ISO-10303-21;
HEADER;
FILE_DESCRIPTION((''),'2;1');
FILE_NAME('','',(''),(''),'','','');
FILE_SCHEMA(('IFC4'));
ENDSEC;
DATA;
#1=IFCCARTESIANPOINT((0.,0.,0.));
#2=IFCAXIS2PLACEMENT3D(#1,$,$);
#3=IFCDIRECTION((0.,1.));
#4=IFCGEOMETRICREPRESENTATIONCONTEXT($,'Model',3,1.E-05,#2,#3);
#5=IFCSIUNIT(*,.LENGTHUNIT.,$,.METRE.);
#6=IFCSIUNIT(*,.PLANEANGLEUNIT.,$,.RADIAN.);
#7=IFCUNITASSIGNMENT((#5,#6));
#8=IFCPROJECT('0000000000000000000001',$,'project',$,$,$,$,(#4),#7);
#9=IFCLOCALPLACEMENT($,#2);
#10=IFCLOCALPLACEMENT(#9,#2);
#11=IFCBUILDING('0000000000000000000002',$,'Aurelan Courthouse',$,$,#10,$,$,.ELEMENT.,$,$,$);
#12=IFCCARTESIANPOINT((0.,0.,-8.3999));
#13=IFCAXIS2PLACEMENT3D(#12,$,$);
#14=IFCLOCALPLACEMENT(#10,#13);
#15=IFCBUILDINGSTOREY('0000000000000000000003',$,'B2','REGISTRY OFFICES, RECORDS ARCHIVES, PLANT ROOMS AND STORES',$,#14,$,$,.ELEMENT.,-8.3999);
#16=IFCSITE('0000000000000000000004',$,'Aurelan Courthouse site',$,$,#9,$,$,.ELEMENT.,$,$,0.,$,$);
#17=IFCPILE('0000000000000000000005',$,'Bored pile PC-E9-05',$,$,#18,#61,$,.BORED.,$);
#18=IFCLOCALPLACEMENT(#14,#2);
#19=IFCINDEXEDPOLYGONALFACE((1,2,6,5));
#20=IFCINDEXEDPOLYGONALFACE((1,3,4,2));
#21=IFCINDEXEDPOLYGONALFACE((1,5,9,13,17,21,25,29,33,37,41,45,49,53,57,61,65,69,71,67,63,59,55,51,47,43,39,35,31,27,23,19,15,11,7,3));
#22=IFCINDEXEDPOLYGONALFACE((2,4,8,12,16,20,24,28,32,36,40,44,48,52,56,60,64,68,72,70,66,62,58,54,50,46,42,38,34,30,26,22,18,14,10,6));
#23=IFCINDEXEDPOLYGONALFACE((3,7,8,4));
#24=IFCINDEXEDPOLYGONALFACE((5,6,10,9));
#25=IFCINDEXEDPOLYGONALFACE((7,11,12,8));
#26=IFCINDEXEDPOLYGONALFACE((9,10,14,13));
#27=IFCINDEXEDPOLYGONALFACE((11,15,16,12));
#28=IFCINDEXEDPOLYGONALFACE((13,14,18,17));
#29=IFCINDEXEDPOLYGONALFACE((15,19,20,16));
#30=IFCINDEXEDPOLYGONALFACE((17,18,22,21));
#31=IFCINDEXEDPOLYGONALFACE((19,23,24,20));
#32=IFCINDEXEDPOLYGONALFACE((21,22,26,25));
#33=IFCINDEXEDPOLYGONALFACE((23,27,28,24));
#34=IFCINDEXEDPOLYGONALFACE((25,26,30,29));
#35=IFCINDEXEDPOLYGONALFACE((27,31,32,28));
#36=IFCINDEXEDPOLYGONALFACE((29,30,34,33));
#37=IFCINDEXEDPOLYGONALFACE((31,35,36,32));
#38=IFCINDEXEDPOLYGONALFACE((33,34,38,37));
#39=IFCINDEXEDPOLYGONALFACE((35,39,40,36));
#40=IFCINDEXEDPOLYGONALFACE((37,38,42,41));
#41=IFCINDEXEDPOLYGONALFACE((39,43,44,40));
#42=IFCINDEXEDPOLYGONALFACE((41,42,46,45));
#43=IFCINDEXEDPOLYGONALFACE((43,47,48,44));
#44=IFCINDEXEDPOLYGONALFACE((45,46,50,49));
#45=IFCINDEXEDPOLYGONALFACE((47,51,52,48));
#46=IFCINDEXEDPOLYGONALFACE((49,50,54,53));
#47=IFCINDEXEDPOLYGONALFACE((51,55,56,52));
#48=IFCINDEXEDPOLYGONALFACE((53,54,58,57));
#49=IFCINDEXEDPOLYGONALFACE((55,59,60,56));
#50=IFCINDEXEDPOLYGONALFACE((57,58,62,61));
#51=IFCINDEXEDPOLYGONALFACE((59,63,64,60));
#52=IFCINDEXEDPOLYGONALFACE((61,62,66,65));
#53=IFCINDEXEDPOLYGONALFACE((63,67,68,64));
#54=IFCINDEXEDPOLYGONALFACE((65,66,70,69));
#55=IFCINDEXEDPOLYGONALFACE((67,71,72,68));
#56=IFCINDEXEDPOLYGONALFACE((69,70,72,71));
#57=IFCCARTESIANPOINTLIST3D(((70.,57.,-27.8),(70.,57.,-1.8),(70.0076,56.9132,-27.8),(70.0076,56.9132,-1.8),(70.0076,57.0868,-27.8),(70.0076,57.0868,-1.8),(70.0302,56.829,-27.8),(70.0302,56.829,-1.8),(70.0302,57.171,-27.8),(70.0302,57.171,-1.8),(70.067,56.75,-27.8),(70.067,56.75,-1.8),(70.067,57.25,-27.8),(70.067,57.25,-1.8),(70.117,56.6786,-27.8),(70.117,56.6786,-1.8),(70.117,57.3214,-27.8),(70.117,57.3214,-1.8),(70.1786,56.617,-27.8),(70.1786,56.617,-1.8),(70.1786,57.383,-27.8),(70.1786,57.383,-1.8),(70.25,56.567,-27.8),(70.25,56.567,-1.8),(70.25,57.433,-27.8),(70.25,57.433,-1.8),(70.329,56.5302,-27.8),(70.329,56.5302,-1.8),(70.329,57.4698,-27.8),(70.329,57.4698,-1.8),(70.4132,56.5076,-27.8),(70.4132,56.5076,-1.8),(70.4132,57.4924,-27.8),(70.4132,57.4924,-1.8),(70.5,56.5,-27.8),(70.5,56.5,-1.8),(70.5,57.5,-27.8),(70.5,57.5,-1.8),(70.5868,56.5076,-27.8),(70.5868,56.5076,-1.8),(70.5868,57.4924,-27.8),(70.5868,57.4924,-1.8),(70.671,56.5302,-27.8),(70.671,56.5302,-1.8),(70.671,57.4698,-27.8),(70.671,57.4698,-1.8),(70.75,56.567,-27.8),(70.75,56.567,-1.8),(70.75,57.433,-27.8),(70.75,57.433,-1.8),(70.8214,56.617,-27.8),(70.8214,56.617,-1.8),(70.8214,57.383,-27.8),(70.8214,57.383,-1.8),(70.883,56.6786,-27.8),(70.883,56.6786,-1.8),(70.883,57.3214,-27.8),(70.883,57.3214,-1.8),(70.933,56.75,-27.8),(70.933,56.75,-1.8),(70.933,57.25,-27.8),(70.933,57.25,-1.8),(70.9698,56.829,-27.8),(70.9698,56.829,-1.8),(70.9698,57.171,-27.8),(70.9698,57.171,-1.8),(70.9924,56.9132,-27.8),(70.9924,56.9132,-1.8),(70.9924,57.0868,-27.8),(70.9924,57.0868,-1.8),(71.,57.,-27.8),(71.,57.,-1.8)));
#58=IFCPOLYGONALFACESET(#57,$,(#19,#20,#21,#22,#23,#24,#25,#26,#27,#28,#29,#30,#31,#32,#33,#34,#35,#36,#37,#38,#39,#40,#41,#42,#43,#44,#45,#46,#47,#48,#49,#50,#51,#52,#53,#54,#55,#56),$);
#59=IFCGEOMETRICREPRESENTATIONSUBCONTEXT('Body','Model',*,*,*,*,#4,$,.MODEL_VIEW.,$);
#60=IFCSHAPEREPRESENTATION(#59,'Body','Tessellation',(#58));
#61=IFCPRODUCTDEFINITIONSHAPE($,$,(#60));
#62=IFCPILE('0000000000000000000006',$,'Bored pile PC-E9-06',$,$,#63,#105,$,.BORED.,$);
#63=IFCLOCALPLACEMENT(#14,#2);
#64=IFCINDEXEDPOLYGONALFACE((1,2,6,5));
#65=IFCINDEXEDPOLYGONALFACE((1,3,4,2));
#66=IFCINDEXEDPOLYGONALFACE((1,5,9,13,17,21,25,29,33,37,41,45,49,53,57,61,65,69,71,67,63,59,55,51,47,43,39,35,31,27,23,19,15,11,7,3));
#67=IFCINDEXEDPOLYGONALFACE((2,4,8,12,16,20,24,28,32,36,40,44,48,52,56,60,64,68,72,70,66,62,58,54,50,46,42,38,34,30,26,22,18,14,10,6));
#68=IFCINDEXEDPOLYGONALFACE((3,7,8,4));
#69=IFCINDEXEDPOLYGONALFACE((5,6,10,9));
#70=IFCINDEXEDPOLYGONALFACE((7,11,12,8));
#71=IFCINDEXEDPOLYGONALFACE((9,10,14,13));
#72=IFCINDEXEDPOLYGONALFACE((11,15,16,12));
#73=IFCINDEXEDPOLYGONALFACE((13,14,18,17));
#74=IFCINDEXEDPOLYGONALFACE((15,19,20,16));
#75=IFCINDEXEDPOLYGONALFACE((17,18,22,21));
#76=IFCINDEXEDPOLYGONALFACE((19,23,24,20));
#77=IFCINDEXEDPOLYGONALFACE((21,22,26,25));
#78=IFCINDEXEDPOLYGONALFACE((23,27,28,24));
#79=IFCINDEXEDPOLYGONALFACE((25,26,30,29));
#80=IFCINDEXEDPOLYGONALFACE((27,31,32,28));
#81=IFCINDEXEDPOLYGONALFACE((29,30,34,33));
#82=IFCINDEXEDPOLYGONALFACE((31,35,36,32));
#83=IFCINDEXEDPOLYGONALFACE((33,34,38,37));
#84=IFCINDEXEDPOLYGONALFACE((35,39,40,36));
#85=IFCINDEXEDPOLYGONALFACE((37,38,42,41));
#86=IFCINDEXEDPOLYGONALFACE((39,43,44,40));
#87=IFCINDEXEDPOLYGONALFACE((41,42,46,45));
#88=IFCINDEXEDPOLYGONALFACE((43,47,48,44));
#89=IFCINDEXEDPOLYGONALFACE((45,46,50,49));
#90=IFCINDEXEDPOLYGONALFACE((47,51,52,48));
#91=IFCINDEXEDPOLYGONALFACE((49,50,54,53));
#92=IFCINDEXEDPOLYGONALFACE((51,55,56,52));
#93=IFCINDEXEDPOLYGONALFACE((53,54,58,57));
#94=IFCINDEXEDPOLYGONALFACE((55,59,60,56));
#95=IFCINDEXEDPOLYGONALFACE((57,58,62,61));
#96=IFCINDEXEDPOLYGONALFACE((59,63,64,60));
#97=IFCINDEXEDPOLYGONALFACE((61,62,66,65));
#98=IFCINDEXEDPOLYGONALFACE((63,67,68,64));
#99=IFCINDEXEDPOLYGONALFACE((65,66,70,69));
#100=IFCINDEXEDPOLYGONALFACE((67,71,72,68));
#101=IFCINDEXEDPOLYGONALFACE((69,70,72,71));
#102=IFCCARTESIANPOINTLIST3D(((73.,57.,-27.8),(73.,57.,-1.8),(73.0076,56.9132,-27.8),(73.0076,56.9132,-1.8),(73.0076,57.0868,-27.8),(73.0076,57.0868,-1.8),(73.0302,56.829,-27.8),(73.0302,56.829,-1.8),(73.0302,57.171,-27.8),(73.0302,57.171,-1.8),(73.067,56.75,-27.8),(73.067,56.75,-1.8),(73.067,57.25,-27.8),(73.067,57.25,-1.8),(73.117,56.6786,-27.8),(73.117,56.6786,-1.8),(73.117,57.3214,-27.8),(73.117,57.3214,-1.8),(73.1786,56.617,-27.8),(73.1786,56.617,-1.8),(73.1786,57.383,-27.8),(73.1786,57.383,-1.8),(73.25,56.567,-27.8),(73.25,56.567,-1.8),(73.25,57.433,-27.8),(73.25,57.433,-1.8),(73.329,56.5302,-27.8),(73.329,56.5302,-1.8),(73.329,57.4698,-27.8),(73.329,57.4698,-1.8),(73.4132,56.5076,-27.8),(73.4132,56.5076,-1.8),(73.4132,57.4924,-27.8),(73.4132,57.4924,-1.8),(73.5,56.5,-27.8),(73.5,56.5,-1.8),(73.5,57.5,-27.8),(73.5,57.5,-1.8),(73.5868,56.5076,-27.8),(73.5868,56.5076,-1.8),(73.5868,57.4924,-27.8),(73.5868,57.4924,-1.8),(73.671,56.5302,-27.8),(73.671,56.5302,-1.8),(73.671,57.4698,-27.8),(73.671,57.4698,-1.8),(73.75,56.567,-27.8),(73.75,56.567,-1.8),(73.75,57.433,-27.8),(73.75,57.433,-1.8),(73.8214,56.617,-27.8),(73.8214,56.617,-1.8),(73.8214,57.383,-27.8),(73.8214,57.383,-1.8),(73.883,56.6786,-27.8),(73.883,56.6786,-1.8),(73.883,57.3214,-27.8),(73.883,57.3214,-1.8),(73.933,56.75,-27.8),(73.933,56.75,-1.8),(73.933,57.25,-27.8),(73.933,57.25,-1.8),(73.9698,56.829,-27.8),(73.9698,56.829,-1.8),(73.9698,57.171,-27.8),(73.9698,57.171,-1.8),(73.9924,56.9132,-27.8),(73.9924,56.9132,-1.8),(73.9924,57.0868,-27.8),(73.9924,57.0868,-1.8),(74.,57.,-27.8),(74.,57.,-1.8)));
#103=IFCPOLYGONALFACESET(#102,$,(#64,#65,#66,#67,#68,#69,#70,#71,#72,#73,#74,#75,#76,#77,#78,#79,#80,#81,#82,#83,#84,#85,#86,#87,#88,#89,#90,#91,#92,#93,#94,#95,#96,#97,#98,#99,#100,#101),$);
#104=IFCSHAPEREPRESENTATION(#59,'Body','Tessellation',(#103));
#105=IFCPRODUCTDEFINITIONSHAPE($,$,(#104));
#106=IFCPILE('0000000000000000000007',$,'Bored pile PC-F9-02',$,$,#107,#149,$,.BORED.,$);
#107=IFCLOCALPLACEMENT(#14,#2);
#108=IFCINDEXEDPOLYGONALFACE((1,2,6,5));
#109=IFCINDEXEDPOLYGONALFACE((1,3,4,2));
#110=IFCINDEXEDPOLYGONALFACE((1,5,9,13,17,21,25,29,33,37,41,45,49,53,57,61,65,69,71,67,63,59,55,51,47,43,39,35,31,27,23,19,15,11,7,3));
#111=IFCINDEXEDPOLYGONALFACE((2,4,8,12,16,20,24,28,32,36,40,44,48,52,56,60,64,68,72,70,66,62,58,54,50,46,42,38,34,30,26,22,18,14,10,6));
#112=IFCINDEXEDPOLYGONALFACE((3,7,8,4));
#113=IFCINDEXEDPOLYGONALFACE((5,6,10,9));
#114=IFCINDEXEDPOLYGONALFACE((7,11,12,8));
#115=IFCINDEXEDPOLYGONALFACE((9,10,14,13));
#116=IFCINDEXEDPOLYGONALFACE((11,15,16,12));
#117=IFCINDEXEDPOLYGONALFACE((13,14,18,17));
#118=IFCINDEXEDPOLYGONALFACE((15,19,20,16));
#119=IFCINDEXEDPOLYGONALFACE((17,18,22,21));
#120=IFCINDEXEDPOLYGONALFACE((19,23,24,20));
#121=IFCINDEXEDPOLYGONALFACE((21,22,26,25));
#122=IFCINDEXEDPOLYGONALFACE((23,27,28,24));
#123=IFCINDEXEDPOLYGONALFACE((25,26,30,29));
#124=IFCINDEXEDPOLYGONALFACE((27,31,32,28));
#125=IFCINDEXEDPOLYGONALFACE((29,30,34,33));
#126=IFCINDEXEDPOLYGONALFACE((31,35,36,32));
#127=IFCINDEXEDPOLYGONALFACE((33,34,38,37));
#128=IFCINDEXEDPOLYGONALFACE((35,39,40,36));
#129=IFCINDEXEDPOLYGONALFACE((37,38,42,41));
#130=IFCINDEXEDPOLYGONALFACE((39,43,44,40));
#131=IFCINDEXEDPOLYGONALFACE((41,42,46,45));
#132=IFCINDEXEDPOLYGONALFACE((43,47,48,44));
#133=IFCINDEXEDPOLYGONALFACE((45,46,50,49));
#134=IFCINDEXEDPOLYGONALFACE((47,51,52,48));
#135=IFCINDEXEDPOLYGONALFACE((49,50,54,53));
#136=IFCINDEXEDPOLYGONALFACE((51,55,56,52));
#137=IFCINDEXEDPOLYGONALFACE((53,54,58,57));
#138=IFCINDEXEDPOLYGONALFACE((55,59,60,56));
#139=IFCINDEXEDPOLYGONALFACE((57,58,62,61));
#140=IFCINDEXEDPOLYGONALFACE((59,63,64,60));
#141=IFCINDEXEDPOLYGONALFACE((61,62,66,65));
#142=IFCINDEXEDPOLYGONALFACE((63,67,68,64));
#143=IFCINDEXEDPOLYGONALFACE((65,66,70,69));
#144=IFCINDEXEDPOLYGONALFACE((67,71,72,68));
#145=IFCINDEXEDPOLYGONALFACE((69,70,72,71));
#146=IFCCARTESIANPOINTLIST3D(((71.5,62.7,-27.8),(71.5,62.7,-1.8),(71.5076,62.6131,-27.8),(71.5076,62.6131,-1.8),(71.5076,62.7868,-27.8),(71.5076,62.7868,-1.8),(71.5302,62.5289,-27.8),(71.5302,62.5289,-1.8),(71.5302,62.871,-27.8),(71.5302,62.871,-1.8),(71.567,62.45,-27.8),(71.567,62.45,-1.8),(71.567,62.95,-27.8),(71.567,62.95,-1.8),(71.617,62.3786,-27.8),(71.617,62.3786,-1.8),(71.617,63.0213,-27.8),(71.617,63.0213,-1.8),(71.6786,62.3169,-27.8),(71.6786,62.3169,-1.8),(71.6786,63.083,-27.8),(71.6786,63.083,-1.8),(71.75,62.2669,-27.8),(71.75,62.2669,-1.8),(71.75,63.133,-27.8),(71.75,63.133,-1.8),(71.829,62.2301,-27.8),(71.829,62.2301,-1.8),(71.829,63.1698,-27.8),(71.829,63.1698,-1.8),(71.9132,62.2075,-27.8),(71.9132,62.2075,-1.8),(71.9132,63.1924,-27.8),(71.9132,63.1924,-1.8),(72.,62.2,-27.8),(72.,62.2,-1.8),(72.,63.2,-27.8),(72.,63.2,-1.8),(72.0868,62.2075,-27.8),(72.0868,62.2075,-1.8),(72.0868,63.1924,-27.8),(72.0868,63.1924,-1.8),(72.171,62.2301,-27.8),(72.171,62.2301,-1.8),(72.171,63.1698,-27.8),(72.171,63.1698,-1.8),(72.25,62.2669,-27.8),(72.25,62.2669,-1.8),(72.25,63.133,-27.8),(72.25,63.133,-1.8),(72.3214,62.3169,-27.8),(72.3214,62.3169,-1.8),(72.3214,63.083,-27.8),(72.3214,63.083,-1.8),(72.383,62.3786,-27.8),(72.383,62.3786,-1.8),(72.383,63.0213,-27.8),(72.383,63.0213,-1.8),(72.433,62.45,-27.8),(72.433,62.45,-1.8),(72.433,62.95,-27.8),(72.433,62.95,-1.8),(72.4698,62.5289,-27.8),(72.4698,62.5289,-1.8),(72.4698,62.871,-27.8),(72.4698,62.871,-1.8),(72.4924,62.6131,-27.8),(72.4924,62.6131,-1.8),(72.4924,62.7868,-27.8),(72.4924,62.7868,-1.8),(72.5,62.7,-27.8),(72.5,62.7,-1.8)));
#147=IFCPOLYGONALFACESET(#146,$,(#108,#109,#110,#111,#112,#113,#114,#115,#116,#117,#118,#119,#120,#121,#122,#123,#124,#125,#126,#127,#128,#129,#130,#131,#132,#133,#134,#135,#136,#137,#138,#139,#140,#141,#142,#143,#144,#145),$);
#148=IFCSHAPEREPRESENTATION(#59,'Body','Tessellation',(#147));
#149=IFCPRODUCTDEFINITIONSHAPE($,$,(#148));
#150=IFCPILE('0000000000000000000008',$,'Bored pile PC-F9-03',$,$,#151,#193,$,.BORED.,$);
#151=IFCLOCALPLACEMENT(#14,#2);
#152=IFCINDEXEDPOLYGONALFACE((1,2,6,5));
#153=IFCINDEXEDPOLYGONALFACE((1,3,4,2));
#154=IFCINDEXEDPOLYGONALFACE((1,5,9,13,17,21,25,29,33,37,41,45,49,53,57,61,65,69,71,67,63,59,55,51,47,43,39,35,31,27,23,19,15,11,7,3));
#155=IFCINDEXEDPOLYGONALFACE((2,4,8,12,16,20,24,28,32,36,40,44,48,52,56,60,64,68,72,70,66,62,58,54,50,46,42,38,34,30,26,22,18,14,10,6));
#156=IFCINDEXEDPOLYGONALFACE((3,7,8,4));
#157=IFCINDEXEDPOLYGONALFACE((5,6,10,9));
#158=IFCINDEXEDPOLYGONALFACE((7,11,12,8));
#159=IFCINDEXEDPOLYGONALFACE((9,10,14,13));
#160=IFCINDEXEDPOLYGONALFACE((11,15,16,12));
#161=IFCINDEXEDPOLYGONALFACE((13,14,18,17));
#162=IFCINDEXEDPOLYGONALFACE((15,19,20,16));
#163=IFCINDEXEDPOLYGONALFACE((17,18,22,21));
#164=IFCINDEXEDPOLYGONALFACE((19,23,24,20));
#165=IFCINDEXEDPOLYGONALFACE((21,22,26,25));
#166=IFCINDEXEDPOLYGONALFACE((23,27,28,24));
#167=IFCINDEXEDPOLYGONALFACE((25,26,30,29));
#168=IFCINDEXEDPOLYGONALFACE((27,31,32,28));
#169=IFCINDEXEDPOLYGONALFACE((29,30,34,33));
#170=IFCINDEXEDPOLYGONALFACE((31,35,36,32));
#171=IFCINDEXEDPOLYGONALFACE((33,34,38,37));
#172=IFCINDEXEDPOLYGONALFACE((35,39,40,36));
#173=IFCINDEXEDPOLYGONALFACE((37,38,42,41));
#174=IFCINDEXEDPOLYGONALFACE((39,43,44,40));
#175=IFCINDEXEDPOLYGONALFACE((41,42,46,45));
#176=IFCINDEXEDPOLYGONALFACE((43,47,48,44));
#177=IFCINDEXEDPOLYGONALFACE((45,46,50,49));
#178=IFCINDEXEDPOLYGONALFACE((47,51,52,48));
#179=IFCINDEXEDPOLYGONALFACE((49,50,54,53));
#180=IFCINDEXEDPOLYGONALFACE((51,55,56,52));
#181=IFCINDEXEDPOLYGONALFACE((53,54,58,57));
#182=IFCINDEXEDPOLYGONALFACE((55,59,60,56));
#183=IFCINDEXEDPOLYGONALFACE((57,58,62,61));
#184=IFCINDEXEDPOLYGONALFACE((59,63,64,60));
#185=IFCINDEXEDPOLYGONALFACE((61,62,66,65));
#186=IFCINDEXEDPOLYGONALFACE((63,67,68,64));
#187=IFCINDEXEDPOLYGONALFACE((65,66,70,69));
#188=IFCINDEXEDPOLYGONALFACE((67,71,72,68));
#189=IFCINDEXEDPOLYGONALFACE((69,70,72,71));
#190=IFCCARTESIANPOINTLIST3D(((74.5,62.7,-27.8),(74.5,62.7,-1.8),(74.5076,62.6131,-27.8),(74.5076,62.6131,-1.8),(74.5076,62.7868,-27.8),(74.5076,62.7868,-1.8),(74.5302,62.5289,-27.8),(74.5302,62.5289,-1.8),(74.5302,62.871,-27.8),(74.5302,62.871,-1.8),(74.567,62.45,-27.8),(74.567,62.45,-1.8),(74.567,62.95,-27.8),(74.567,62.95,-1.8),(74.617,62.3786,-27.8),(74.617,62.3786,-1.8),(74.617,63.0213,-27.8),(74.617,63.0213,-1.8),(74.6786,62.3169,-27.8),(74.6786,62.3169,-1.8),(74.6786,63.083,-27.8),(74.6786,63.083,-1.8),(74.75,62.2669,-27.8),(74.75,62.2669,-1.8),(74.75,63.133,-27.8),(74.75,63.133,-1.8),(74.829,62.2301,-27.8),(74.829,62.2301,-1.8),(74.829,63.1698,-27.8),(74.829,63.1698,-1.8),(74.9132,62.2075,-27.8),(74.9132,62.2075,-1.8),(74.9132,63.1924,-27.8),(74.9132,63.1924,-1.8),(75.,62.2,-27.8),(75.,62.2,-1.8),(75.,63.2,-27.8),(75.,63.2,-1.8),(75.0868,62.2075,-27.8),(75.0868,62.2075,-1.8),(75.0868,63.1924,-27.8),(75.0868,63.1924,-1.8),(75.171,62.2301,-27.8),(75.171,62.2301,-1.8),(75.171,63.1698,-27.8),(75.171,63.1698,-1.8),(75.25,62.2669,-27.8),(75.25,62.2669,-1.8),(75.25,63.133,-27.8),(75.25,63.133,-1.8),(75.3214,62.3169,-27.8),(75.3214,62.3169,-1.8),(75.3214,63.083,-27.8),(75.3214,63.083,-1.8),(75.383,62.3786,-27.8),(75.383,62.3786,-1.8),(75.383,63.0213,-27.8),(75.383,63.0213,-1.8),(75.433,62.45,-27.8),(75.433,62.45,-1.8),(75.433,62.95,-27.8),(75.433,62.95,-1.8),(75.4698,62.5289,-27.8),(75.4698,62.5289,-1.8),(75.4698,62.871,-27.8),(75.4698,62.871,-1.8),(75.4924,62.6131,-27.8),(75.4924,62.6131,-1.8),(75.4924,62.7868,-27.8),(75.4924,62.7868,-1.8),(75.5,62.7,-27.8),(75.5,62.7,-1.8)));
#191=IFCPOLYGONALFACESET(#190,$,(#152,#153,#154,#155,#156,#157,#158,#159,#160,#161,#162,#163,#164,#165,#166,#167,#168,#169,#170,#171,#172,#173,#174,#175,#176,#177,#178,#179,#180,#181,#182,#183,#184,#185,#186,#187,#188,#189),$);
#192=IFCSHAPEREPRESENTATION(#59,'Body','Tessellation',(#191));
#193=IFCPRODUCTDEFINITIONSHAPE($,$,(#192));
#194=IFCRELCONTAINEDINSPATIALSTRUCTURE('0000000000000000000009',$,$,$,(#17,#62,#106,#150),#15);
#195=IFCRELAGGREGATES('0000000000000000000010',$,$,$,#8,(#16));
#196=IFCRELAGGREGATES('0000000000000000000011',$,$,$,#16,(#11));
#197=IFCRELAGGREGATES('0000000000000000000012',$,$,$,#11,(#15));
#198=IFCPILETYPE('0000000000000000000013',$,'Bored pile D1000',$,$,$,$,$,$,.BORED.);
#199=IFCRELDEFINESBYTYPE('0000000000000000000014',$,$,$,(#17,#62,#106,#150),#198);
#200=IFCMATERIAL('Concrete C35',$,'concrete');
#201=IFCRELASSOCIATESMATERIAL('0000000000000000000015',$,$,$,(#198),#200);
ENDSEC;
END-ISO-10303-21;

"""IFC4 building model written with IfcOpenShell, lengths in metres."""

from ifc_helpers import new_model, si_unit, direction, frame, origin, origin_2d, place, context, subcontext, project, spatial, circle, extrude, material, material_profile, profile_set, type_object, element, save


model = new_model("IFC4")

# Units and contexts
model_context = context("Model", 3, precision=1e-05, world=origin(), true_north=direction((0.0, 1.0)))
body_context = subcontext(model_context, "Body", "Model", "MODEL_VIEW")
ifc_project = project(units=[si_unit("LENGTHUNIT", "METRE"), si_unit("PLANEANGLEUNIT", "RADIAN")], contexts=[model_context])

# Site, building, storey
site_placement = place(None, origin())
site = spatial("IfcSite", under=ifc_project, at=site_placement, Name="Aurelan Courthouse site", CompositionType="ELEMENT", RefElevation=0.0)
building_placement = place(site_placement, origin())
building = spatial("IfcBuilding", under=site, at=building_placement, Name="Aurelan Courthouse", CompositionType="ELEMENT")
storey_placement = place(building_placement, frame((0.0, 0.0, -8.3999)))
storey = spatial("IfcBuildingStorey", under=building, at=storey_placement, Name="B2", Description="REGISTRY OFFICES, RECORDS ARCHIVES, PLANT ROOMS AND STORES", CompositionType="ELEMENT", Elevation=-8.3999)

# Piles
ifc_material_1 = material(Name="Concrete C35", Category="concrete")
ifc_material_profile_1 = material_profile(ifc_material_1, circle(Radius=0.5, at=origin_2d()), Name="D1000")
ifc_profile_set_1 = profile_set([ifc_material_profile_1], Name="Concrete C35")
pile_type_1 = type_object("IfcPileType", Name="Bored pile D1000", PredefinedType="BORED", material=ifc_profile_set_1)
for number, where, z_axis, x_axis, name in (
    (1, (70.5, 57.0, -1.8), (0.0, 0.0, -1.0), (1.0, 0.0, 0.0), "Bored pile PC-E9-05"),
    (2, (73.5, 57.0, -1.8), (0.0, 0.0, -1.0), (1.0, 0.0, 0.0), "Bored pile PC-E9-06"),
    (3, (72.0, 62.7, -1.8), (0.0, 0.0, -1.0), (1.0, 0.0, 0.0), "Bored pile PC-F9-02"),
    (4, (75.0, 62.7, -1.8), (0.0, 0.0, -1.0), (1.0, 0.0, 0.0), "Bored pile PC-F9-03"),
):
    element("IfcPile", number, at=place(storey_placement, frame(where, z_axis=z_axis, x_axis=x_axis)), inside=storey, type_object=pile_type_1, Name=name, PredefinedType="BORED", context=body_context, shape_type="SweptSolid", body=[
        extrude(circle(Radius=0.5, at=origin_2d()), origin(), (0.0, 0.0, 1.0), 26.0),
    ])

save(model, "model.ifc")
